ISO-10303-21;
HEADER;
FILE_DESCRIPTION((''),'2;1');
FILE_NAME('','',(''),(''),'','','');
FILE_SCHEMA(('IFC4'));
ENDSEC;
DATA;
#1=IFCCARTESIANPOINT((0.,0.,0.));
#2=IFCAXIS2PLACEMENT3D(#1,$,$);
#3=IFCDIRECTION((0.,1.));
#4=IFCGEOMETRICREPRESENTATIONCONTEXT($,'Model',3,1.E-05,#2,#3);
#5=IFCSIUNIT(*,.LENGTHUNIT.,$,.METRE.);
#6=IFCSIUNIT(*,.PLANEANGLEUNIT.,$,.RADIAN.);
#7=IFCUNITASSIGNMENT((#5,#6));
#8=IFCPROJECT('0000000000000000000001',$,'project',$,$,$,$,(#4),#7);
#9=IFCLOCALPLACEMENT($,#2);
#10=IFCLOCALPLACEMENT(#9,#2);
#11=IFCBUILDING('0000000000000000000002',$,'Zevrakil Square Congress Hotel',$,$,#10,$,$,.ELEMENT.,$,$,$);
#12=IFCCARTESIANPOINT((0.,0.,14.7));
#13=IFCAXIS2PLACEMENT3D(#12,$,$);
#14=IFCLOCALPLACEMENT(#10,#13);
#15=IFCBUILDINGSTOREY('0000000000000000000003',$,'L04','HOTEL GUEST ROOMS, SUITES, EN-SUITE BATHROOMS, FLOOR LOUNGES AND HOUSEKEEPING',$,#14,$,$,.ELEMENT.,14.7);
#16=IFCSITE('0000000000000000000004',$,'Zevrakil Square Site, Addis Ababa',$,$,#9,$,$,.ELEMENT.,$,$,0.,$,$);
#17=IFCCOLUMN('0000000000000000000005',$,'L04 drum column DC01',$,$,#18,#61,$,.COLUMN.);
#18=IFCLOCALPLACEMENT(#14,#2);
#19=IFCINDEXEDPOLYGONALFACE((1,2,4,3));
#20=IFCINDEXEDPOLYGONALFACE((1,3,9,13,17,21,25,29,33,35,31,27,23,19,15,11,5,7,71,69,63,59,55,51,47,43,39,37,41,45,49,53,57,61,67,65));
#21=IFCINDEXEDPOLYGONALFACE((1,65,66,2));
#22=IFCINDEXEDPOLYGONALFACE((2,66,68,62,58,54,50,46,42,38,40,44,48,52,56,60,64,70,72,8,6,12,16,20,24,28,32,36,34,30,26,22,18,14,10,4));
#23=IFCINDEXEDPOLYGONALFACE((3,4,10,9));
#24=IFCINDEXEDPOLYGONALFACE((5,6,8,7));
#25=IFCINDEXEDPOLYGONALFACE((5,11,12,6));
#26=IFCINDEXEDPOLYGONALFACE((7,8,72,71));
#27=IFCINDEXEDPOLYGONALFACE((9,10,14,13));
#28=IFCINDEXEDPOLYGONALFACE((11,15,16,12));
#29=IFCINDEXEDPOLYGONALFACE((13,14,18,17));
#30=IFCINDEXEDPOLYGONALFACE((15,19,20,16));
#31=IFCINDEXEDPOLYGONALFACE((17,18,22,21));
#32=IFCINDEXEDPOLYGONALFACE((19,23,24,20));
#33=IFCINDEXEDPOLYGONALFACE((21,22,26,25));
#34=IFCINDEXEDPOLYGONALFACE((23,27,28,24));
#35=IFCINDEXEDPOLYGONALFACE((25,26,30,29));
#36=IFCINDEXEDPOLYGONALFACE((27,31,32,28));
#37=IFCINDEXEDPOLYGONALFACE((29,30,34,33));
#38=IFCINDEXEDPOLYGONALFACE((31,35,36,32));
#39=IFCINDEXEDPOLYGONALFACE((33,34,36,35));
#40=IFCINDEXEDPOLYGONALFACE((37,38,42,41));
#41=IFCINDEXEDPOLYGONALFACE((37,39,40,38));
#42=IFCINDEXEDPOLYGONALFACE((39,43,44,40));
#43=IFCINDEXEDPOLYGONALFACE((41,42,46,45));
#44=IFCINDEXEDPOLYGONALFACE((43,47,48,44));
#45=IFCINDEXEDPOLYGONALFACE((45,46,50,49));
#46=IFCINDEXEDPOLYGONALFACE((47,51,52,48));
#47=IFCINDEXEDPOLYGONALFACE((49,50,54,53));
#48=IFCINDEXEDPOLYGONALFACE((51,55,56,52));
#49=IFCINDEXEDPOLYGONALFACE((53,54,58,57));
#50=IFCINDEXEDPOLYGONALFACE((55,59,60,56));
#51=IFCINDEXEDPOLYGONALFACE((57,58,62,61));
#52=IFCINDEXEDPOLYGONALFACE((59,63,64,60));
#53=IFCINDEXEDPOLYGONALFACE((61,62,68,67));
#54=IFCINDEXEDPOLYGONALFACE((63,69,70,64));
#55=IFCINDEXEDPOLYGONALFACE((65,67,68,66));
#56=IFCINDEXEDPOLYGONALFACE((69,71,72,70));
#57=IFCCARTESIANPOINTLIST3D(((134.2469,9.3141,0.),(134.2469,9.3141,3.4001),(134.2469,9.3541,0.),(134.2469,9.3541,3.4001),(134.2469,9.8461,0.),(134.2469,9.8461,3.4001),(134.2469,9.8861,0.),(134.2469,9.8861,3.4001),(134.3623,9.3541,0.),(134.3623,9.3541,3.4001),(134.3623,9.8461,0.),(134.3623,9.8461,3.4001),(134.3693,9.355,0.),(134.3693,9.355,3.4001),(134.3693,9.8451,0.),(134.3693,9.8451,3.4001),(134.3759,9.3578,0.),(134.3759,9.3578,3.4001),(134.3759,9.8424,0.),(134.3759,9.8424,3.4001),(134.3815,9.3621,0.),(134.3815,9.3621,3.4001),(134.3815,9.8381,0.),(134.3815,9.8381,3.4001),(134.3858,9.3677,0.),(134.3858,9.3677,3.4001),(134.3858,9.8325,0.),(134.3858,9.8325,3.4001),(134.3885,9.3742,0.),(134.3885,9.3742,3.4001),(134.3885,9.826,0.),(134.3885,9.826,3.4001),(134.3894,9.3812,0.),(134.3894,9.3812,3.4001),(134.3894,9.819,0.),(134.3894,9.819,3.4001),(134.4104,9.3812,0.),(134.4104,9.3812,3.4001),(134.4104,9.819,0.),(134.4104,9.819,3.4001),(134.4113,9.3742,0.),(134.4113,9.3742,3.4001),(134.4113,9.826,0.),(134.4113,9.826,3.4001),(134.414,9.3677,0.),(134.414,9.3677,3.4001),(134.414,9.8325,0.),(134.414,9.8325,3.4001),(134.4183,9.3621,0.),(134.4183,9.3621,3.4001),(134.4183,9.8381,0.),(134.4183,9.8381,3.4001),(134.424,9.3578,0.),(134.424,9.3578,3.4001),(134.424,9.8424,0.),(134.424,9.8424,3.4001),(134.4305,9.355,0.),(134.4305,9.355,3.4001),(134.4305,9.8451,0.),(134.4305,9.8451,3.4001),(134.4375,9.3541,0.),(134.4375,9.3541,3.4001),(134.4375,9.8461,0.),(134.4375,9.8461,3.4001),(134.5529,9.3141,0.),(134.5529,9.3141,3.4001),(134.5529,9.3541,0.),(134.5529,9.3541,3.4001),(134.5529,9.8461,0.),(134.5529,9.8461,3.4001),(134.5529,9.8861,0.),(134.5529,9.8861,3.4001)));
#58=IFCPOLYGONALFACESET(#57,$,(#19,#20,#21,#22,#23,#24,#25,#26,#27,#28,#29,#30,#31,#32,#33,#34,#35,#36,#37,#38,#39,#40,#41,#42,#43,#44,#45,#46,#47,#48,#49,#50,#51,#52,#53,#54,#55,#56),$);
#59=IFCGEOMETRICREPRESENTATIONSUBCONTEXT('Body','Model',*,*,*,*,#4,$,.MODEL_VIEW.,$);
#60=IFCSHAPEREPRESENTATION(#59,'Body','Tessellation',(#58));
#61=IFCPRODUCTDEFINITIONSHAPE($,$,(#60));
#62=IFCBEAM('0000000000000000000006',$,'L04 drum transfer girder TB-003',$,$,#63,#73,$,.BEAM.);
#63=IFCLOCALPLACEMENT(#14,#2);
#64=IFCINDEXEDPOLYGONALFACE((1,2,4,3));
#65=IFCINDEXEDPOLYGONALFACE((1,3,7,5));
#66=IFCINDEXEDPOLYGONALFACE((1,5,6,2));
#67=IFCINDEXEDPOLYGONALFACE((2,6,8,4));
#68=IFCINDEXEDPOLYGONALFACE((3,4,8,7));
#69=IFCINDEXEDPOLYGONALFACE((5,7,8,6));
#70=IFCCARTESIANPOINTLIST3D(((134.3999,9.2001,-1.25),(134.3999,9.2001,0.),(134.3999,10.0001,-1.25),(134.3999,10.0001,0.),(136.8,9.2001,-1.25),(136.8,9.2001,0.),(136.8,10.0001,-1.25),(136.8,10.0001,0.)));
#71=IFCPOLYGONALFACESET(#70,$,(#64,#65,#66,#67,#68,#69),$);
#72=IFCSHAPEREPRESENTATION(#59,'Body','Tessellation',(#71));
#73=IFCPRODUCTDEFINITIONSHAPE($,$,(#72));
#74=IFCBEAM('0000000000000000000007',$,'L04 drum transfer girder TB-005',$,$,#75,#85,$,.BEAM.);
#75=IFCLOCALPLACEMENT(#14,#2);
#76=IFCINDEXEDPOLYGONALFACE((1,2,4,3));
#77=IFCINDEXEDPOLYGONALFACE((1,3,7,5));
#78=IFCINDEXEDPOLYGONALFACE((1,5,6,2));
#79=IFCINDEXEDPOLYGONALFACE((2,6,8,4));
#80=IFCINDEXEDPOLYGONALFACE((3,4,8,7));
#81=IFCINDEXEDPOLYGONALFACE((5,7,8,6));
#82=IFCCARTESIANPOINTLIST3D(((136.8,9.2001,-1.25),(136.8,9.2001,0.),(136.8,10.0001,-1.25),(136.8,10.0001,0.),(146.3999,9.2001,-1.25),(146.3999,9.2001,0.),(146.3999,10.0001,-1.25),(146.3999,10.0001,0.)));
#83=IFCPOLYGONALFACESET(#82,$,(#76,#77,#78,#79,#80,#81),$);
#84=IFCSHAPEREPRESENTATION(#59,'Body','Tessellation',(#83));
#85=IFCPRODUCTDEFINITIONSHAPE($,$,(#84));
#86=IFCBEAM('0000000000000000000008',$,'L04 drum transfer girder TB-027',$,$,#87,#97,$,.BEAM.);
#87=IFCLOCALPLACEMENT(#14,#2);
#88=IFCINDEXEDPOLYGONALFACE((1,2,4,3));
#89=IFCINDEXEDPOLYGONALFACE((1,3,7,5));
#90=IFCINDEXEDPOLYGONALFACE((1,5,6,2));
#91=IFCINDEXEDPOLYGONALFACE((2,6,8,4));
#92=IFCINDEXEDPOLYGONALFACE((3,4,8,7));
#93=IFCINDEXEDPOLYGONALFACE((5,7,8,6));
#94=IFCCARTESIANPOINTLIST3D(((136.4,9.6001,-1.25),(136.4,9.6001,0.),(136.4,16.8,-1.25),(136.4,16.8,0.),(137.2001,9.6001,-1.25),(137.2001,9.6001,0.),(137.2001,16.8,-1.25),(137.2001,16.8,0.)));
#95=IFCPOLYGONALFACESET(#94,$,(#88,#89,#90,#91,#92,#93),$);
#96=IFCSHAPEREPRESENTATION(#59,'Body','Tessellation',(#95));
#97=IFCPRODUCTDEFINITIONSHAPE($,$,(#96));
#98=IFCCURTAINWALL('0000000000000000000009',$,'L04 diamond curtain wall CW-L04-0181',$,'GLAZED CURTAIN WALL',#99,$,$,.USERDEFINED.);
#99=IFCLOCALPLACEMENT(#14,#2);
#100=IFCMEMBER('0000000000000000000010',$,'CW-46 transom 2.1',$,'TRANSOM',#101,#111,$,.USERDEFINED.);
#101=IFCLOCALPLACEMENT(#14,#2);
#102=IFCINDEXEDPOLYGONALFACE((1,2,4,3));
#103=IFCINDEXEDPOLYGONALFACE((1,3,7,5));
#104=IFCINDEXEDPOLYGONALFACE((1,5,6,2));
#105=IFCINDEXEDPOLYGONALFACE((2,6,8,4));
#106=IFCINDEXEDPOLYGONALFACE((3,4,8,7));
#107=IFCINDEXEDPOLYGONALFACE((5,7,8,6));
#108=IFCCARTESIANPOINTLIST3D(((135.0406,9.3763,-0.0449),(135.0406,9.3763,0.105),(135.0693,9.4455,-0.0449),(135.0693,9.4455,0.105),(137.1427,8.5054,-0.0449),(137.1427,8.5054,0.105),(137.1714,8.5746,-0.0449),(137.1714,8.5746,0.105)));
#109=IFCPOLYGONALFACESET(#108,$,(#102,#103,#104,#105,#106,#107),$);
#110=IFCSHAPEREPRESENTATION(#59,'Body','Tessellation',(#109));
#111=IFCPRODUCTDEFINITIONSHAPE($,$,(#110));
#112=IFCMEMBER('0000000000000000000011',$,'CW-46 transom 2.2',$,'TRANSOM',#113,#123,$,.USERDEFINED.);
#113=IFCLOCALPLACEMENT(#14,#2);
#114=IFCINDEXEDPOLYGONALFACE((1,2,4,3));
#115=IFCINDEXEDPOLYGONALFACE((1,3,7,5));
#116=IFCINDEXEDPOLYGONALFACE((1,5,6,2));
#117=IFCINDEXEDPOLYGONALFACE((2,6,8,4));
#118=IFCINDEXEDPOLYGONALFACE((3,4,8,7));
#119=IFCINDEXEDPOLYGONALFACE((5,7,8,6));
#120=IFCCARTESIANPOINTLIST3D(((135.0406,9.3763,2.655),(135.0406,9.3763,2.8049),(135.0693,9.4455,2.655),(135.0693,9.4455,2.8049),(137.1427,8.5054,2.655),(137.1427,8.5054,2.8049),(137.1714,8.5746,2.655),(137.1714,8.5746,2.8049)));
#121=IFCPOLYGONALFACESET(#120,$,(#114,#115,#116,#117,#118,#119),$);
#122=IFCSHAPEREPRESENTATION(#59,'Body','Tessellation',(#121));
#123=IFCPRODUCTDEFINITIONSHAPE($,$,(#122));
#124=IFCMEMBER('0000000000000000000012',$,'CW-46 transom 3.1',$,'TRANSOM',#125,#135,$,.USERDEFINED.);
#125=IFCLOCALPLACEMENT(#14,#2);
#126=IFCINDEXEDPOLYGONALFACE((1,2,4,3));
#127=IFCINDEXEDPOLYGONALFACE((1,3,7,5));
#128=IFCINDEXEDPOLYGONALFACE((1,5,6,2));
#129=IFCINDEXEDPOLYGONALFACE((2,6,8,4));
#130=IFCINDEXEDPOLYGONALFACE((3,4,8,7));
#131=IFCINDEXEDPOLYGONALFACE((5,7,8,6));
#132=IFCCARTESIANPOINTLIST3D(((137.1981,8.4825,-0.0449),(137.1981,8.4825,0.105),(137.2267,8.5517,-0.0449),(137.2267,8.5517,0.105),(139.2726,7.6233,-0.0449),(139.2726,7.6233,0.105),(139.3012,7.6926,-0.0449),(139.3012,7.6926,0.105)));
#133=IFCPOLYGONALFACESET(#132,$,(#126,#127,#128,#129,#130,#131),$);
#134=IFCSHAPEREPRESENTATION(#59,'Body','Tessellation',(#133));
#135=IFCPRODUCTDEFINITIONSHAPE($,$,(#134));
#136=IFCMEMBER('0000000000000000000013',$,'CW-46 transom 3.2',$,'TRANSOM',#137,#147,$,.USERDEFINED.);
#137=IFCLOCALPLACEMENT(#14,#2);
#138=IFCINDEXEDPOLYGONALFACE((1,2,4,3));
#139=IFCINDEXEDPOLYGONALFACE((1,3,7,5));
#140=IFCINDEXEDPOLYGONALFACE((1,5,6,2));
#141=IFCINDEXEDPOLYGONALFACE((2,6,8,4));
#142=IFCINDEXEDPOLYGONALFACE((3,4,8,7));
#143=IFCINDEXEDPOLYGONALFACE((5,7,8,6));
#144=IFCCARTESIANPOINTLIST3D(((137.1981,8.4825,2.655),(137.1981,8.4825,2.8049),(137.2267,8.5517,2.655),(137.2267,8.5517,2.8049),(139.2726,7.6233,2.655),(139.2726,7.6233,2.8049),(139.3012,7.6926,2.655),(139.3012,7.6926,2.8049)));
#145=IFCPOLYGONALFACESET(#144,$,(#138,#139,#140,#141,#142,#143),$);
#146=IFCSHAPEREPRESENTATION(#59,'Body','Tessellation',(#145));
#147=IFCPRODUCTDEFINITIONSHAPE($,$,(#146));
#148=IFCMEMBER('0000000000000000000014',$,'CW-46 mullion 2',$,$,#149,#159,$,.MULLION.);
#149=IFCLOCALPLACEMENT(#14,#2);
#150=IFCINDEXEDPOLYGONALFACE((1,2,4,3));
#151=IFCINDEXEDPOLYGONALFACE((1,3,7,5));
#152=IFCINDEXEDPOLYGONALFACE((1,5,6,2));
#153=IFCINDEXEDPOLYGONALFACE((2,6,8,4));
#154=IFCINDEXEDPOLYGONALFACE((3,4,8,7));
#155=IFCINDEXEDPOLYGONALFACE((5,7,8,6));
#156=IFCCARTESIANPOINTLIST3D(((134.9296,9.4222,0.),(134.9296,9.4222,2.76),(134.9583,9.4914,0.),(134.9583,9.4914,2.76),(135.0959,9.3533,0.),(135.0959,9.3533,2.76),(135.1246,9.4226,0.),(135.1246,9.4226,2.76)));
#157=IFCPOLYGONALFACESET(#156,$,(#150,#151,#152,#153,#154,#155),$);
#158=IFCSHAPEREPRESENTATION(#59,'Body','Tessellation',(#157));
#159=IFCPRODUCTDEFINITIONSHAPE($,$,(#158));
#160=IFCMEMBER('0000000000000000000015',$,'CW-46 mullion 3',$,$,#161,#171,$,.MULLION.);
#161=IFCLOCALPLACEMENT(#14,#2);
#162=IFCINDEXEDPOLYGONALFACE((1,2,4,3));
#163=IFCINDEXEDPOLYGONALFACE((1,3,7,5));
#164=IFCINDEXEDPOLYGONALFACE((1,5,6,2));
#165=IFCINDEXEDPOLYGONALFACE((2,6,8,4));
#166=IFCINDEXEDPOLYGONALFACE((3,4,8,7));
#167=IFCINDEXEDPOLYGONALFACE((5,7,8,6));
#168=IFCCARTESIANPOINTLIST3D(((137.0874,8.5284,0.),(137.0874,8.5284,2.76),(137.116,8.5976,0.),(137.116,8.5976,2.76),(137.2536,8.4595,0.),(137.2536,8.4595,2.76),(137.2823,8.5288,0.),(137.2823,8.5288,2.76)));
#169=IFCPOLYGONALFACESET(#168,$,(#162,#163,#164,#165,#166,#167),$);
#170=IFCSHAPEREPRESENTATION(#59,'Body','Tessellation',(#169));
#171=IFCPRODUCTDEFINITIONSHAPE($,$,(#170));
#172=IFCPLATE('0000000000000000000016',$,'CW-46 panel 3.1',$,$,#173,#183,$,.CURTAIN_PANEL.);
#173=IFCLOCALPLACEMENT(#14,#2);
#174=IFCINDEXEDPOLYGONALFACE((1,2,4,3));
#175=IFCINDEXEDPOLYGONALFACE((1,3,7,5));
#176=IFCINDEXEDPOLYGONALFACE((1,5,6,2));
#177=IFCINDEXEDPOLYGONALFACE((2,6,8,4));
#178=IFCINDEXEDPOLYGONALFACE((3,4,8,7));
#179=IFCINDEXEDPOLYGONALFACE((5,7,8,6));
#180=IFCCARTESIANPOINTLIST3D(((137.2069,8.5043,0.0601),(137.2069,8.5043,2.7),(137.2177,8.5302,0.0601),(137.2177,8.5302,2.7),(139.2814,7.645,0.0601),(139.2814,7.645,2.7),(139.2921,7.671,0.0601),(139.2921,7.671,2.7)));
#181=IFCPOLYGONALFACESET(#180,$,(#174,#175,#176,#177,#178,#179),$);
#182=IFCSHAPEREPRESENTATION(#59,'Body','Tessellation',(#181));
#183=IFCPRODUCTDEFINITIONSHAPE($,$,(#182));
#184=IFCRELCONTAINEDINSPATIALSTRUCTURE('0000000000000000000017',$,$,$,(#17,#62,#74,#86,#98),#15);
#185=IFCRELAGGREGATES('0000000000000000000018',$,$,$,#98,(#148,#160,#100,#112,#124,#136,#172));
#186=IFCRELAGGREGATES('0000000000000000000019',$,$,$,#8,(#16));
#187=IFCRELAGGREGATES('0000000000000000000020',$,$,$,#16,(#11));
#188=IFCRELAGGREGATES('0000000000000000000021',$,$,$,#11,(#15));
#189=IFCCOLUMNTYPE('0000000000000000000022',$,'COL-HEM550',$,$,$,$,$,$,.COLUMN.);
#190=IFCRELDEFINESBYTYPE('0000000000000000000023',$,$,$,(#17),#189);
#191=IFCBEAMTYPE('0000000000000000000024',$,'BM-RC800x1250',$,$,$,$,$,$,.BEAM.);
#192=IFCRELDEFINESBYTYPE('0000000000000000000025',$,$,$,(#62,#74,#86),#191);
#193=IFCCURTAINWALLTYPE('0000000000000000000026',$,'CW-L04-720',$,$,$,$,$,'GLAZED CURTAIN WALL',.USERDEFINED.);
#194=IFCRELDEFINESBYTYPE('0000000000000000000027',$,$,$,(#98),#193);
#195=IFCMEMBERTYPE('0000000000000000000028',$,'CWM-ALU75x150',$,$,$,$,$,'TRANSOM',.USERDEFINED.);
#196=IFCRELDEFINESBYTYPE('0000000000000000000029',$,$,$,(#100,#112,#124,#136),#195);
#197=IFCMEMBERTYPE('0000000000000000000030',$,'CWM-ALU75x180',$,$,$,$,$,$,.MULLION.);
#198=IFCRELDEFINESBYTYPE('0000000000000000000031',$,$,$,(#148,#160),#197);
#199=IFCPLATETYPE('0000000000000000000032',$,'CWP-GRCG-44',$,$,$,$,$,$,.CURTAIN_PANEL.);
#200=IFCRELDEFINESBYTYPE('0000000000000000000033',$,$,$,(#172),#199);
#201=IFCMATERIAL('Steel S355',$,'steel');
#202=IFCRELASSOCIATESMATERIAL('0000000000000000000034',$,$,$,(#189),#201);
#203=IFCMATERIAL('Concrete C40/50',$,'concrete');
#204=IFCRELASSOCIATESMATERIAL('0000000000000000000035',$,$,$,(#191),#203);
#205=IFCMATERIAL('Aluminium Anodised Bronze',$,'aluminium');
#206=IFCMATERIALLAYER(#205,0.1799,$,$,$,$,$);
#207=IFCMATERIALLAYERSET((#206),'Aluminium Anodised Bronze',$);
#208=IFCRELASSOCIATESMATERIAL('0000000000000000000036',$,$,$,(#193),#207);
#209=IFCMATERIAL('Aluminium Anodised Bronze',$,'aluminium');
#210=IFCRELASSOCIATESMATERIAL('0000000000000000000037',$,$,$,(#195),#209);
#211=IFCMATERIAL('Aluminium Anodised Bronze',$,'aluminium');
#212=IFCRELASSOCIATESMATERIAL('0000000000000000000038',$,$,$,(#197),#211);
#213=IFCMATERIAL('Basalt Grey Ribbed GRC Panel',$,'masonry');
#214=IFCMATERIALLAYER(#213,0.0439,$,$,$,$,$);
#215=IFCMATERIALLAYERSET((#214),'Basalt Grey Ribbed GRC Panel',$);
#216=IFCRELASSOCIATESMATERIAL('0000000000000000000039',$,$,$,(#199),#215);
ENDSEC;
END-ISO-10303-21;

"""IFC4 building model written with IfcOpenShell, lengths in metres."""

from ifc_helpers import new_model, si_unit, direction, frame, origin, origin_2d, place, context, subcontext, project, spatial, rectangle, i_section, extrude, material, layer, layer_set, material_profile, profile_set, type_object, element, aggregate, save


model = new_model("IFC4")

# Units and contexts
model_context = context("Model", 3, precision=1e-05, world=origin(), true_north=direction((0.0, 1.0)))
body_context = subcontext(model_context, "Body", "Model", "MODEL_VIEW")
ifc_project = project(units=[si_unit("LENGTHUNIT", "METRE"), si_unit("PLANEANGLEUNIT", "RADIAN")], contexts=[model_context])

# Site, building, storey
site_placement = place(None, origin())
site = spatial("IfcSite", under=ifc_project, at=site_placement, Name="Zevrakil Square Site, Addis Ababa", CompositionType="ELEMENT", RefElevation=0.0)
building_placement = place(site_placement, origin())
building = spatial("IfcBuilding", under=site, at=building_placement, Name="Zevrakil Square Congress Hotel", CompositionType="ELEMENT")
storey_placement = place(building_placement, frame((0.0, 0.0, 14.7)))
storey = spatial("IfcBuildingStorey", under=building, at=storey_placement, Name="L04", Description="HOTEL GUEST ROOMS, SUITES, EN-SUITE BATHROOMS, FLOOR LOUNGES AND HOUSEKEEPING", CompositionType="ELEMENT", Elevation=14.7)

# Column
ifc_material_1 = material(Name="Steel S355", Category="steel")
ifc_material_profile_1 = material_profile(ifc_material_1, i_section(OverallWidth=0.3059, OverallDepth=0.572, WebThickness=0.021, FlangeThickness=0.04, FilletRadius=0.0271, at=origin_2d()), Name="HEM 550")
ifc_profile_set_1 = profile_set([ifc_material_profile_1], Name="Steel S355")
column_type = type_object("IfcColumnType", Name="COL-HEM550", PredefinedType="COLUMN", material=ifc_profile_set_1)
column_placement = place(storey_placement, frame((134.3999, 9.6001, 0.0), z_axis=(0.0, 0.0, 1.0), x_axis=(1.0, 0.0, 0.0)))
element("IfcColumn", 1, at=column_placement, inside=storey, type_object=column_type, Name="L04 drum column DC01", PredefinedType="COLUMN", context=body_context, shape_type="SweptSolid", body=[
    extrude(i_section(OverallWidth=0.3059, OverallDepth=0.572, WebThickness=0.021, FlangeThickness=0.04, FilletRadius=0.0271, at=origin_2d()), origin(), (0.0, 0.0, 1.0), 3.4001),
])

# Beams
ifc_material_2 = material(Name="Concrete C40/50", Category="concrete")
ifc_material_profile_2 = material_profile(ifc_material_2, rectangle(XDim=0.8, YDim=1.25, at=origin_2d()), Name="RC 800x1250")
ifc_profile_set_2 = profile_set([ifc_material_profile_2], Name="Concrete C40/50")
beam_type = type_object("IfcBeamType", Name="BM-RC800x1250", PredefinedType="BEAM", material=ifc_profile_set_2)
beam_1_placement = place(storey_placement, frame((134.3999, 9.6001, -0.625), z_axis=(1.0, 0.0, 0.0), x_axis=(0.0, 1.0, 0.0)))
element("IfcBeam", 2, at=beam_1_placement, inside=storey, type_object=beam_type, Name="L04 drum transfer girder TB-003", PredefinedType="BEAM", context=body_context, shape_type="SweptSolid", body=[
    extrude(rectangle(XDim=0.8, YDim=1.25, at=origin_2d()), origin(), (0.0, 0.0, 1.0), 2.4001),
])
beam_2_placement = place(storey_placement, frame((136.8, 9.6001, -0.625), z_axis=(1.0, 0.0, 0.0), x_axis=(0.0, 1.0, 0.0)))
element("IfcBeam", 3, at=beam_2_placement, inside=storey, type_object=beam_type, Name="L04 drum transfer girder TB-005", PredefinedType="BEAM", context=body_context, shape_type="SweptSolid", body=[
    extrude(rectangle(XDim=0.8, YDim=1.25, at=origin_2d()), origin(), (0.0, 0.0, 1.0), 9.5999),
])
beam_3_placement = place(storey_placement, frame((136.8, 9.6001, -0.625), z_axis=(0.0, 1.0, 0.0), x_axis=(-1.0, 0.0, 0.0)))
element("IfcBeam", 4, at=beam_3_placement, inside=storey, type_object=beam_type, Name="L04 drum transfer girder TB-027", PredefinedType="BEAM", context=body_context, shape_type="SweptSolid", body=[
    extrude(rectangle(XDim=0.8, YDim=1.25, at=origin_2d()), origin(), (0.0, 0.0, 1.0), 7.2),
])

# Curtain wall, members, plate
ifc_material_3 = material(Name="Aluminium Anodised Bronze", Category="aluminium")
ifc_layer_1 = layer(ifc_material_3, 0.1799)
ifc_layer_set_1 = layer_set([ifc_layer_1], Name="Aluminium Anodised Bronze")
curtain_wall_type = type_object("IfcCurtainWallType", Name="CW-L04-720", ElementType="GLAZED CURTAIN WALL", PredefinedType="USERDEFINED", material=ifc_layer_set_1)
curtain_wall_placement = place(storey_placement, origin())
curtain_wall = element("IfcCurtainWall", 5, at=curtain_wall_placement, inside=storey, type_object=curtain_wall_type, Name="L04 diamond curtain wall CW-L04-0181", ObjectType="GLAZED CURTAIN WALL", PredefinedType="USERDEFINED")
ifc_material_4 = material(Name="Aluminium Anodised Bronze", Category="aluminium")
ifc_material_profile_3 = material_profile(ifc_material_4, rectangle(XDim=0.075, YDim=0.1499, at=origin_2d()), Name="ALU 75x150")
ifc_profile_set_3 = profile_set([ifc_material_profile_3], Name="Aluminium Anodised Bronze")
member_type_1 = type_object("IfcMemberType", Name="CWM-ALU75x150", ElementType="TRANSOM", PredefinedType="USERDEFINED", material=ifc_profile_set_3)
member_1_placement = place(storey_placement, frame((135.0549, 9.4109, 0.03), z_axis=(0.923856, -0.38274, 0.0), x_axis=(0.38274, 0.923856, 0.0)))
member_1 = element("IfcMember", 6, at=member_1_placement, type_object=member_type_1, Name="CW-46 transom 2.1", ObjectType="TRANSOM", PredefinedType="USERDEFINED", context=body_context, shape_type="SweptSolid", body=[
    extrude(rectangle(XDim=0.075, YDim=0.1499, at=origin_2d()), origin(), (0.0, 0.0, 1.0), 2.2754),
])
member_2_placement = place(storey_placement, frame((135.0549, 9.4109, 2.73), z_axis=(0.923856, -0.38274, 0.0), x_axis=(0.38274, 0.923856, 0.0)))
member_2 = element("IfcMember", 7, at=member_2_placement, type_object=member_type_1, Name="CW-46 transom 2.2", ObjectType="TRANSOM", PredefinedType="USERDEFINED", context=body_context, shape_type="SweptSolid", body=[
    extrude(rectangle(XDim=0.075, YDim=0.1499, at=origin_2d()), origin(), (0.0, 0.0, 1.0), 2.2754),
])
member_3_placement = place(storey_placement, frame((137.2124, 8.5171, 0.03), z_axis=(0.923902, -0.38263, 0.0), x_axis=(0.38263, 0.923902, 0.0)))
member_3 = element("IfcMember", 8, at=member_3_placement, type_object=member_type_1, Name="CW-46 transom 3.1", ObjectType="TRANSOM", PredefinedType="USERDEFINED", context=body_context, shape_type="SweptSolid", body=[
    extrude(rectangle(XDim=0.075, YDim=0.1499, at=origin_2d()), origin(), (0.0, 0.0, 1.0), 2.2454),
])
member_4_placement = place(storey_placement, frame((137.2124, 8.5171, 2.73), z_axis=(0.923902, -0.38263, 0.0), x_axis=(0.38263, 0.923902, 0.0)))
member_4 = element("IfcMember", 9, at=member_4_placement, type_object=member_type_1, Name="CW-46 transom 3.2", ObjectType="TRANSOM", PredefinedType="USERDEFINED", context=body_context, shape_type="SweptSolid", body=[
    extrude(rectangle(XDim=0.075, YDim=0.1499, at=origin_2d()), origin(), (0.0, 0.0, 1.0), 2.2454),
])
ifc_material_5 = material(Name="Aluminium Anodised Bronze", Category="aluminium")
ifc_material_profile_4 = material_profile(ifc_material_5, rectangle(XDim=0.075, YDim=0.1799, at=origin_2d()), Name="ALU 75x180")
ifc_profile_set_4 = profile_set([ifc_material_profile_4], Name="Aluminium Anodised Bronze")
member_type_2 = type_object("IfcMemberType", Name="CWM-ALU75x180", PredefinedType="MULLION", material=ifc_profile_set_4)
member_5_placement = place(storey_placement, frame((135.0271, 9.4224, 0.0), z_axis=(0.0, 0.0, 1.0), x_axis=(0.382684, 0.923879, 0.0)))
member_5 = element("IfcMember", 10, at=member_5_placement, type_object=member_type_2, Name="CW-46 mullion 2", PredefinedType="MULLION", context=body_context, shape_type="SweptSolid", body=[
    extrude(rectangle(XDim=0.075, YDim=0.1799, at=origin_2d()), origin(), (0.0, 0.0, 1.0), 2.76),
])
member_6_placement = place(storey_placement, frame((137.1848, 8.5286, 0.0), z_axis=(0.0, 0.0, 1.0), x_axis=(0.382684, 0.923879, 0.0)))
member_6 = element("IfcMember", 11, at=member_6_placement, type_object=member_type_2, Name="CW-46 mullion 3", PredefinedType="MULLION", context=body_context, shape_type="SweptSolid", body=[
    extrude(rectangle(XDim=0.075, YDim=0.1799, at=origin_2d()), origin(), (0.0, 0.0, 1.0), 2.76),
])
ifc_material_6 = material(Name="Basalt Grey Ribbed GRC Panel", Category="masonry")
ifc_layer_2 = layer(ifc_material_6, 0.0439)
ifc_layer_set_2 = layer_set([ifc_layer_2], Name="Basalt Grey Ribbed GRC Panel")
plate_type_1 = type_object("IfcPlateType", Name="CWP-GRCG-44", PredefinedType="CURTAIN_PANEL", material=ifc_layer_set_2)
plate_1_placement = place(storey_placement, frame((138.2495, 8.0876, 0.0601), z_axis=(0.0, 0.0, 1.0), x_axis=(0.923879, -0.382684, 0.0)))
plate_1 = element("IfcPlate", 12, at=plate_1_placement, type_object=plate_type_1, Name="CW-46 panel 3.1", PredefinedType="CURTAIN_PANEL", context=body_context, shape_type="SweptSolid", body=[
    extrude(rectangle(XDim=2.2454, YDim=0.0281, at=origin_2d()), origin(), (0.0, 0.0, 1.0), 2.6399),
])
aggregate(curtain_wall, [member_5, member_6, member_1, member_2, member_3, member_4, plate_1])

save(model, "model.ifc")
